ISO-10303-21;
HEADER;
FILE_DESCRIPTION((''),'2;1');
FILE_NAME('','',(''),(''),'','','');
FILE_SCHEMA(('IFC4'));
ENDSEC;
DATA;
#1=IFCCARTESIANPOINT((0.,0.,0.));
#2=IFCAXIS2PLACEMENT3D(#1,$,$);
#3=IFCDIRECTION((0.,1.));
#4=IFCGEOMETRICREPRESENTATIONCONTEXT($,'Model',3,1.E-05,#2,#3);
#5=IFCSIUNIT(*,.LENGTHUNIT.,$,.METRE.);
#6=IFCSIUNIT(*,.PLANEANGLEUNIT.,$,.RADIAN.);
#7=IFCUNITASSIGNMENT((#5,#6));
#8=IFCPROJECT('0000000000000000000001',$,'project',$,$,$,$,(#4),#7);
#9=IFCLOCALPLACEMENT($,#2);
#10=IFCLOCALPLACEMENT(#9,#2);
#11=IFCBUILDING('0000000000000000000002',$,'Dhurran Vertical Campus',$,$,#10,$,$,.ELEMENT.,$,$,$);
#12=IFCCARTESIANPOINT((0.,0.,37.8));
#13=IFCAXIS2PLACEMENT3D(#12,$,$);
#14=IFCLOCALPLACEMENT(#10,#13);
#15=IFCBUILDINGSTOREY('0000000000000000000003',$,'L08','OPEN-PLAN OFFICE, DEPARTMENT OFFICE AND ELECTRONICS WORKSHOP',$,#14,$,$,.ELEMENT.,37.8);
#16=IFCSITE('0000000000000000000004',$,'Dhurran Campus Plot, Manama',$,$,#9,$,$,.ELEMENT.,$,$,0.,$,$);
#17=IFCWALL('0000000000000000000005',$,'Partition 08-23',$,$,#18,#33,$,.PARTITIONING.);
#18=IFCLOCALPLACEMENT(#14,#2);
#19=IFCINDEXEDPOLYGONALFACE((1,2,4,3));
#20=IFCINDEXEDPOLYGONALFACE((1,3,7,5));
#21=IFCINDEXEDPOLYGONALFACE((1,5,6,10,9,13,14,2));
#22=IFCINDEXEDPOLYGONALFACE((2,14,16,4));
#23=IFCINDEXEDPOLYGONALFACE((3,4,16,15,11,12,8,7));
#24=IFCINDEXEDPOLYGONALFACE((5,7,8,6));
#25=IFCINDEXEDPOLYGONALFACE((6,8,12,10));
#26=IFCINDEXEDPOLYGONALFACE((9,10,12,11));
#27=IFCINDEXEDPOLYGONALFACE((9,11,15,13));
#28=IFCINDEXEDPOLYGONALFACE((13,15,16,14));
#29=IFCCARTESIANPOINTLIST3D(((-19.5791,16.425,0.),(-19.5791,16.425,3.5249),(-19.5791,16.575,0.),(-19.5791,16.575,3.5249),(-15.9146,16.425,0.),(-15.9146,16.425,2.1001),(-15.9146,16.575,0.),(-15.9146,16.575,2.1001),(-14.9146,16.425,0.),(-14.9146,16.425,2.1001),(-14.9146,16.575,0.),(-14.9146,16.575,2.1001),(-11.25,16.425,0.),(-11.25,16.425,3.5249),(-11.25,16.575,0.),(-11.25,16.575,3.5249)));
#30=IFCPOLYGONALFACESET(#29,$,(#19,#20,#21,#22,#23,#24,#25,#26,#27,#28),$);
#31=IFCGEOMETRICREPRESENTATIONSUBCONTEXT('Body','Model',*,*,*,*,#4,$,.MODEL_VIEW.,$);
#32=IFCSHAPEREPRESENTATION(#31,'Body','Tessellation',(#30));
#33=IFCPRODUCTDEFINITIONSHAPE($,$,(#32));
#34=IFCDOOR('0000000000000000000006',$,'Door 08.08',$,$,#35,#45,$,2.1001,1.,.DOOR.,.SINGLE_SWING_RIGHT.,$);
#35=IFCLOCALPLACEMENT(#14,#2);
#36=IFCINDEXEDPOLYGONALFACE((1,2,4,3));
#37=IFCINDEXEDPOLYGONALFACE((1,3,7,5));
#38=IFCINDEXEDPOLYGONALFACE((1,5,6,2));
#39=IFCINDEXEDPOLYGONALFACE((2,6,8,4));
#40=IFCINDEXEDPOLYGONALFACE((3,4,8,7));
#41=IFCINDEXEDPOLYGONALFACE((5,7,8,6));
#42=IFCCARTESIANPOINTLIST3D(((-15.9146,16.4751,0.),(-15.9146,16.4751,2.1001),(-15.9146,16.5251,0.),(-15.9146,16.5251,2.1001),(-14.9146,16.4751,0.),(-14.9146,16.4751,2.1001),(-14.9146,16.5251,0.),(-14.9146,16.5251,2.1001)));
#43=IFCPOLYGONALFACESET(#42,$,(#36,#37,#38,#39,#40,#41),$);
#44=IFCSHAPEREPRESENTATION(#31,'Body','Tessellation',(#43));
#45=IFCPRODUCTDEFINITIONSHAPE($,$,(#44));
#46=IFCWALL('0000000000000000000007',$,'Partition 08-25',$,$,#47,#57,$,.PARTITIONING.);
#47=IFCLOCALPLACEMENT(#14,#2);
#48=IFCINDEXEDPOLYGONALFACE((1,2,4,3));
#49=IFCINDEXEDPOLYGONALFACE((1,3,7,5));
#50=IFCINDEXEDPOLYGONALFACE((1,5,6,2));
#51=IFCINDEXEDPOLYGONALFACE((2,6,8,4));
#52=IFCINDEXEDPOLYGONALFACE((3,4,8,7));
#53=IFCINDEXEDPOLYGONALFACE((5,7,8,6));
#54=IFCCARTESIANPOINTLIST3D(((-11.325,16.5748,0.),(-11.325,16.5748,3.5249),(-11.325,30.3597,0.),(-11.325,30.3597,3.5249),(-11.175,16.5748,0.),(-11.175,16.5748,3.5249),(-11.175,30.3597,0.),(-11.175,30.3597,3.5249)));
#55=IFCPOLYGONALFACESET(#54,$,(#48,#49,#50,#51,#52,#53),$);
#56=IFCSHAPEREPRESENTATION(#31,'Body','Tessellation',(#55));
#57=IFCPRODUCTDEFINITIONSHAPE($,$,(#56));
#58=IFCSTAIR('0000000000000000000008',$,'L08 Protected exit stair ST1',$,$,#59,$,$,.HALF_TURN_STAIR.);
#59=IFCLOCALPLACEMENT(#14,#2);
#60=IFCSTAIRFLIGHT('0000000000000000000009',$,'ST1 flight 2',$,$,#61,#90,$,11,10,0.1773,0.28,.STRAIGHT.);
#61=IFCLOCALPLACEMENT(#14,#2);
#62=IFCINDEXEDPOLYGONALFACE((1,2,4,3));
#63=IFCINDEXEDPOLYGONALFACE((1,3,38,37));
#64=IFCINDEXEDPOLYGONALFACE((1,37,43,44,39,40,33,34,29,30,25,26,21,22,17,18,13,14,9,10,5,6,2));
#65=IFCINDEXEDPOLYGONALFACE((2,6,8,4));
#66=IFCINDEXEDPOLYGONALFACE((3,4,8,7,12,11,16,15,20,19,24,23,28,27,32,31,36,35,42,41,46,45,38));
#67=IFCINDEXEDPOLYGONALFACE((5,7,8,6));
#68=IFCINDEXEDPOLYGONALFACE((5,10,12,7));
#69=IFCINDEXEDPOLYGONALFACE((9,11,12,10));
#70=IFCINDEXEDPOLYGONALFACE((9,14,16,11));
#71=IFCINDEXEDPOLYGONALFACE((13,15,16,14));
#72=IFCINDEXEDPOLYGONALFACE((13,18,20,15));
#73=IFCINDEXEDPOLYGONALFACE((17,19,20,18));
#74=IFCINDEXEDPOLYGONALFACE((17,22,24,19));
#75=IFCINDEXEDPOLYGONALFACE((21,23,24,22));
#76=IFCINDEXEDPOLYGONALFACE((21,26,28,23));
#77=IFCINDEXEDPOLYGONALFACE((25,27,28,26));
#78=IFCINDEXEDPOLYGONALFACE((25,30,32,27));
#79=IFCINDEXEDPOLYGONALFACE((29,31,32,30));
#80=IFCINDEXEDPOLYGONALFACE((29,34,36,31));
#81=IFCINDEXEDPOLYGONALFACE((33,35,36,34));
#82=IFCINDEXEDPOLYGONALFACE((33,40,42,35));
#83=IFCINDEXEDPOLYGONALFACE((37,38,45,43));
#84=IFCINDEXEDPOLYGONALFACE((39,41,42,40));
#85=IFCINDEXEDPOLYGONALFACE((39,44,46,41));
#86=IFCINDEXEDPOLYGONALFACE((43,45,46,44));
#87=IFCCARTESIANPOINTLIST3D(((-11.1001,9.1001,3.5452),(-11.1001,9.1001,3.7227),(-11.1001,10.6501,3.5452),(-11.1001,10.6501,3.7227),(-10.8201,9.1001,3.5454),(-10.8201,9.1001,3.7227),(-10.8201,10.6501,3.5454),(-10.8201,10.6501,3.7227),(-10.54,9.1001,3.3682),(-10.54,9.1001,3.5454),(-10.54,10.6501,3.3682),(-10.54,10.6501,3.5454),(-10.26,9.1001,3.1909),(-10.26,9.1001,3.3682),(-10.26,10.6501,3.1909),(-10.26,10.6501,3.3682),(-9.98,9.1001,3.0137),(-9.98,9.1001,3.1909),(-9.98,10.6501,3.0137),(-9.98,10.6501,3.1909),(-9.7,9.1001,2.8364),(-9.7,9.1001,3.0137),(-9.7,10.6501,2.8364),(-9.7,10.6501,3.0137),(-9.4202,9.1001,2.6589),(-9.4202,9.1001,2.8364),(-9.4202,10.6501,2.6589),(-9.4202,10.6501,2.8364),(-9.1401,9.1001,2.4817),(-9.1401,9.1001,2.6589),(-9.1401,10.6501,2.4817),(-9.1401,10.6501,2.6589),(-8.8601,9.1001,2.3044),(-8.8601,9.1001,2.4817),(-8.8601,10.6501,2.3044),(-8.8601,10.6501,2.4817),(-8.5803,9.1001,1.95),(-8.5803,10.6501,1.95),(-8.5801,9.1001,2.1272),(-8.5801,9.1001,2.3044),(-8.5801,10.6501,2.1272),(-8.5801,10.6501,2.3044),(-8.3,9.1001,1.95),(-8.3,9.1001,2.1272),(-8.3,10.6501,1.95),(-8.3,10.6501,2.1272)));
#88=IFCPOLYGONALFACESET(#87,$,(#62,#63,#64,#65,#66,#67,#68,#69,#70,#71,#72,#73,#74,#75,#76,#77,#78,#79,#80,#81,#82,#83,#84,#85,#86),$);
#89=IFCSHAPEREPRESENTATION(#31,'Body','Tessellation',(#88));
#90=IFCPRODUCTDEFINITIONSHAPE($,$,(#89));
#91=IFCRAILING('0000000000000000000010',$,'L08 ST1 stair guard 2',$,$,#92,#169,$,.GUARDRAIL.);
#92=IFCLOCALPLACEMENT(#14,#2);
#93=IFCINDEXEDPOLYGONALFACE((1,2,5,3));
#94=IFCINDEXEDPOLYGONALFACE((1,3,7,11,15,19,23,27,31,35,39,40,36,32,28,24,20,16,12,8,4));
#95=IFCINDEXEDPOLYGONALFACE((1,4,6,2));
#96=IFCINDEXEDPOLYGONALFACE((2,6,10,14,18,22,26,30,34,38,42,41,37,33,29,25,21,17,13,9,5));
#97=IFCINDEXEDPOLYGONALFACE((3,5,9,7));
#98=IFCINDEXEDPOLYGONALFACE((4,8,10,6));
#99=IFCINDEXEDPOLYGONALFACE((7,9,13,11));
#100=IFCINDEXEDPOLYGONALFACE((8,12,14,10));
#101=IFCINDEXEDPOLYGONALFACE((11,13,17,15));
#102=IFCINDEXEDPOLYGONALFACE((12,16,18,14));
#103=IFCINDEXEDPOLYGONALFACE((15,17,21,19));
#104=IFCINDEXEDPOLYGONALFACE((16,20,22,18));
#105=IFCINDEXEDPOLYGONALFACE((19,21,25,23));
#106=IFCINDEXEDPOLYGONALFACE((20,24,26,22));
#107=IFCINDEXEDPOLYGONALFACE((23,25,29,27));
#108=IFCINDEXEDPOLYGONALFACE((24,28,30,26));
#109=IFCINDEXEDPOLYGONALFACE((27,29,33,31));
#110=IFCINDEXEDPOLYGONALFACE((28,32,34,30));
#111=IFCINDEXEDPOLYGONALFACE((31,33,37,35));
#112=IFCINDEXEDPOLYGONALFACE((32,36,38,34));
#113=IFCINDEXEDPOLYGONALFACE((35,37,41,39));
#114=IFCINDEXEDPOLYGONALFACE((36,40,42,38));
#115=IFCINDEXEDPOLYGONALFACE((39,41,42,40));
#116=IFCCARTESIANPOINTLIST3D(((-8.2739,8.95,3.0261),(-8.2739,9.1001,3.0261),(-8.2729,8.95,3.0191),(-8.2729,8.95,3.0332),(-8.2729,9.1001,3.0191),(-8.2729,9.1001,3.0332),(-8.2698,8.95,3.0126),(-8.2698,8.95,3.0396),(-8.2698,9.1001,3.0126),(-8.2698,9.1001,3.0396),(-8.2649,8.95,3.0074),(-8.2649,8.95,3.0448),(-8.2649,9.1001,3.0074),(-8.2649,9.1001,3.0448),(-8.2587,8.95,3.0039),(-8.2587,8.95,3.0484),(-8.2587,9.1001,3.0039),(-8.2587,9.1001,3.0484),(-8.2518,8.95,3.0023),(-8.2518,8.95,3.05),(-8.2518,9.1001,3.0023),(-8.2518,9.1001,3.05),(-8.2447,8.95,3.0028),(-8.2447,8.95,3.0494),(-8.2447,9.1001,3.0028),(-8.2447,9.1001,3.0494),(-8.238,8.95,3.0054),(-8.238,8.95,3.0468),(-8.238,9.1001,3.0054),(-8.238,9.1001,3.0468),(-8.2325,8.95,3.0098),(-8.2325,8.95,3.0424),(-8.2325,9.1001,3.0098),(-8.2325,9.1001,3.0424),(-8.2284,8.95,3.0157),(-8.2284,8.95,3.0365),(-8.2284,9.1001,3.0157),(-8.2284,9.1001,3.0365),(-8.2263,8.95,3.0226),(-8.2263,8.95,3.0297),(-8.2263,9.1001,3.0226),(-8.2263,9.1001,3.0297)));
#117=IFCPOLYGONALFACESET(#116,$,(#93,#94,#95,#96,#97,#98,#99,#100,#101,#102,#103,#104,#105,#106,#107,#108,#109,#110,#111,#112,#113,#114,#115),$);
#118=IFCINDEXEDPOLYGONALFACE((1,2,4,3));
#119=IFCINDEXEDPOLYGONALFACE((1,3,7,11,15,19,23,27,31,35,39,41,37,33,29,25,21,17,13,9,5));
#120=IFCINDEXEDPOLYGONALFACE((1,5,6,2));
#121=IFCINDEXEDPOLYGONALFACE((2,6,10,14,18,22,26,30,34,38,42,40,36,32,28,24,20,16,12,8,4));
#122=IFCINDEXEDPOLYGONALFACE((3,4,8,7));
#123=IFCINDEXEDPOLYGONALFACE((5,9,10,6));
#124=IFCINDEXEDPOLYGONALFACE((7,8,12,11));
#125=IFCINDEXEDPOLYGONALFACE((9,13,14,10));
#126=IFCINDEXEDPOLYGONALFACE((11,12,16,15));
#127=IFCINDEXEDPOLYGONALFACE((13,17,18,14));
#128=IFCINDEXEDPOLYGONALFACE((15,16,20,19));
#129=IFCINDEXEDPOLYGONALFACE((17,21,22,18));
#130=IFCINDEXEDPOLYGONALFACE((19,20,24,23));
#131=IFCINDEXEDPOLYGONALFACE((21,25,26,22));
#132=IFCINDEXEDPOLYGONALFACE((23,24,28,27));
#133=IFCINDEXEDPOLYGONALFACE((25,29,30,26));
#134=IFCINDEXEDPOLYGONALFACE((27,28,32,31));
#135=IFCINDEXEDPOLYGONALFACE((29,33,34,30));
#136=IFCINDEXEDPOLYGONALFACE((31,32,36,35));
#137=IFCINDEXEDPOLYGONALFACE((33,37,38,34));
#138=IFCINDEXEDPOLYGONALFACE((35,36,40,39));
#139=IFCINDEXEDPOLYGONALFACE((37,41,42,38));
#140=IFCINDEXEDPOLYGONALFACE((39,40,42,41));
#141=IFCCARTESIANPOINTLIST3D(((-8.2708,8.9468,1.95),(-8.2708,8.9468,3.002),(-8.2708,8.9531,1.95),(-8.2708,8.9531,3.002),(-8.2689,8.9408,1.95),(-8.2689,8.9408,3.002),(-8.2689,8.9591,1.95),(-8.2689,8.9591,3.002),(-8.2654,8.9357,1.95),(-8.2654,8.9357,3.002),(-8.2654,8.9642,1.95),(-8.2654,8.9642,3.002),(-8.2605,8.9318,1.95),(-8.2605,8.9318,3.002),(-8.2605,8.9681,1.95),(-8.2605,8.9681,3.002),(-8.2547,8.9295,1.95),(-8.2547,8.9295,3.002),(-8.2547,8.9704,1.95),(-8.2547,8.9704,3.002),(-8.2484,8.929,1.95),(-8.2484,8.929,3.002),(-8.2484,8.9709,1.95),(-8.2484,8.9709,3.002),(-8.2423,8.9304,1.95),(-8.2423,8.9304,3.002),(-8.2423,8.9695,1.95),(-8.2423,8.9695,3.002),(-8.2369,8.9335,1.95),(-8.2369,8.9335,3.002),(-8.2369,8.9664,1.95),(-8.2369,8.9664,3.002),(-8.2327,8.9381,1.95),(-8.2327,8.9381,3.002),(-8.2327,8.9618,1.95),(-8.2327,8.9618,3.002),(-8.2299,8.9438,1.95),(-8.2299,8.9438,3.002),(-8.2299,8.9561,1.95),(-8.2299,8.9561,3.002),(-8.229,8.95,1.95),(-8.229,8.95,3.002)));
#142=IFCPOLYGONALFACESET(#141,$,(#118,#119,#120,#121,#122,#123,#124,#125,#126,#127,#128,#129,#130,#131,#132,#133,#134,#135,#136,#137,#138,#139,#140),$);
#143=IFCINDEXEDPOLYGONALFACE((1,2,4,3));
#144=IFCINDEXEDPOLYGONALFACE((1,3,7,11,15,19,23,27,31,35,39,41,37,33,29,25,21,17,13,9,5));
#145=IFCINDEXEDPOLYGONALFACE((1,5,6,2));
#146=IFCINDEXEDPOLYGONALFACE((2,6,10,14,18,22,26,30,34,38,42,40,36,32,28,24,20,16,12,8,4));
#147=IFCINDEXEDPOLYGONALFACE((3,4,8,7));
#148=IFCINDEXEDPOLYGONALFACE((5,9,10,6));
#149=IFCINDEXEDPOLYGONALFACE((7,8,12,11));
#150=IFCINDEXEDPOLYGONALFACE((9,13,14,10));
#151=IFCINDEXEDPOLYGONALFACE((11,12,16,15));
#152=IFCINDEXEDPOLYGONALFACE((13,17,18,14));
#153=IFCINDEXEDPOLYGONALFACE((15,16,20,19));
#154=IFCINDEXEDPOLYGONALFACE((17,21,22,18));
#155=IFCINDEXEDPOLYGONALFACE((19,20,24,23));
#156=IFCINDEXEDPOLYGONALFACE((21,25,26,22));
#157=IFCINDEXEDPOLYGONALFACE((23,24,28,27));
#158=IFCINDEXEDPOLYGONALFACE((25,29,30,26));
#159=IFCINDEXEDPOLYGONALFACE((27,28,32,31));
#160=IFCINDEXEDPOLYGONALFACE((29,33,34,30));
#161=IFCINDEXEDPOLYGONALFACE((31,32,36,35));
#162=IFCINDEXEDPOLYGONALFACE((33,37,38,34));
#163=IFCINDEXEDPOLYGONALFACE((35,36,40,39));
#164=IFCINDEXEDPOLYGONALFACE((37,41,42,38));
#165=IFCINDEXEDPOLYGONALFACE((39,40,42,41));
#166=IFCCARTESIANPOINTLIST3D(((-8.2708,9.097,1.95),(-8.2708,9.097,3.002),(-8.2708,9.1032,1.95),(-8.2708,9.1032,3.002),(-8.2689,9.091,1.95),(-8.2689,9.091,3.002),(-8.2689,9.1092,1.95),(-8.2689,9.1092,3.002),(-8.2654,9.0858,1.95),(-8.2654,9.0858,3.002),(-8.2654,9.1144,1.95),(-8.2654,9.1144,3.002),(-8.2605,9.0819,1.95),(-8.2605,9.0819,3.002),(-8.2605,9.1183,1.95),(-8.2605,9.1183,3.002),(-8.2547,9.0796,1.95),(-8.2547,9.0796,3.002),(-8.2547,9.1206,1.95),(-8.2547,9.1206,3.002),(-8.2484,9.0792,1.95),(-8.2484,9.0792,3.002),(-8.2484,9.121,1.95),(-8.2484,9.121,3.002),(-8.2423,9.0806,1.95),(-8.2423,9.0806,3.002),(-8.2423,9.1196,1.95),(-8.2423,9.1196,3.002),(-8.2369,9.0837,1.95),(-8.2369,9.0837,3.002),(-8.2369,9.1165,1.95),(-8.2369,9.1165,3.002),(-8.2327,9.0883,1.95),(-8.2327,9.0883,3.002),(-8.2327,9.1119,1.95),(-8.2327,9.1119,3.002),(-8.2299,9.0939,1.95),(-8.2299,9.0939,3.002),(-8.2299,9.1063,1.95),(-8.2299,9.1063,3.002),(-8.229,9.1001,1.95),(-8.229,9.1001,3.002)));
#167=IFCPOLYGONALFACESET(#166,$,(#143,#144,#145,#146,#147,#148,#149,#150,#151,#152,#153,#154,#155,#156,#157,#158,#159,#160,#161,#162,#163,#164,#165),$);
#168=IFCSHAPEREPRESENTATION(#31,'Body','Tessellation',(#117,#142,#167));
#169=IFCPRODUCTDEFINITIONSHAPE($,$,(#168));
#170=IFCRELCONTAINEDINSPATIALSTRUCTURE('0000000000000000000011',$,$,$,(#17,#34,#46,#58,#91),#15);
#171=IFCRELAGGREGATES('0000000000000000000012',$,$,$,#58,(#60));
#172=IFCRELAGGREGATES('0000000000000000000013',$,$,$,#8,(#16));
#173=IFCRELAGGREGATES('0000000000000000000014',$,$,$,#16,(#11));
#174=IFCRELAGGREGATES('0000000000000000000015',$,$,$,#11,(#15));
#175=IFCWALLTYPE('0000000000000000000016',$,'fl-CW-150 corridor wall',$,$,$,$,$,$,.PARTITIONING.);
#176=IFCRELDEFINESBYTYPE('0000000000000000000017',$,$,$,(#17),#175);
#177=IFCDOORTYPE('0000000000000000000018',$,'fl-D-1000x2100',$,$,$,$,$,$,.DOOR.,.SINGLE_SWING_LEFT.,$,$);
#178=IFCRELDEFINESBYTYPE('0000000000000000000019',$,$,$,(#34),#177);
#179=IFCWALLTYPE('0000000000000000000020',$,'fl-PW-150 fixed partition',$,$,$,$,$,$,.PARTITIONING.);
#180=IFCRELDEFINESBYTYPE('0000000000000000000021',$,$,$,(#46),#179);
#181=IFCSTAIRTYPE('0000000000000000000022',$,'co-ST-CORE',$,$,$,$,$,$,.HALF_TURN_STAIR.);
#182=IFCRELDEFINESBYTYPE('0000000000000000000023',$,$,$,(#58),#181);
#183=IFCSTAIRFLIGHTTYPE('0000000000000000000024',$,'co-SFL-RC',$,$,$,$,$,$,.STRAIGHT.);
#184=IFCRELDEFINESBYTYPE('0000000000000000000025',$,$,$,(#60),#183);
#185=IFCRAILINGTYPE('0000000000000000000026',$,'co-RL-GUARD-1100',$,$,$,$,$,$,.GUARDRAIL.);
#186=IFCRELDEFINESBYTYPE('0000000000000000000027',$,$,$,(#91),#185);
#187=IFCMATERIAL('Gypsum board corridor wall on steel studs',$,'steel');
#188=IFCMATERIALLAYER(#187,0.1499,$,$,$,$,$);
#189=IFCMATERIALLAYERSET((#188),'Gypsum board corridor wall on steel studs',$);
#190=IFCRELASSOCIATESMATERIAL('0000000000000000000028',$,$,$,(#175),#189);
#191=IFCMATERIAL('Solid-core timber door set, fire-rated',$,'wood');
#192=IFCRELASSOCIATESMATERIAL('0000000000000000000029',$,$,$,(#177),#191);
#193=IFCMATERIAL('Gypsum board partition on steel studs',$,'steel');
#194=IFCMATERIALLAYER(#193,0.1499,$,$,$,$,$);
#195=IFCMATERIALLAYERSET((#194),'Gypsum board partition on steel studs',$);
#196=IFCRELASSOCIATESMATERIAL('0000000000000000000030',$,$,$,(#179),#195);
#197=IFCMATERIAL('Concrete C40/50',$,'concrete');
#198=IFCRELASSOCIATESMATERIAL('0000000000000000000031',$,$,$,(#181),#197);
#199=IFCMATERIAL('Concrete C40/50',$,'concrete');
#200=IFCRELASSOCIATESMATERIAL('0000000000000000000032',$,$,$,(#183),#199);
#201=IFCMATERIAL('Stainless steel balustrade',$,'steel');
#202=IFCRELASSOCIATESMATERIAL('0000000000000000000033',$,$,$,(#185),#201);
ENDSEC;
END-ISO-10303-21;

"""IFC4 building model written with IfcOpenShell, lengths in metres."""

from ifc_helpers import new_model, si_unit, direction, frame, frame_2d, origin, origin_2d, place, context, subcontext, project, spatial, polyline, rectangle, circle, outline, extrude, material, layer, layer_set, type_object, element, fill, aggregate, save


model = new_model("IFC4")

# Units and contexts
model_context = context("Model", 3, precision=1e-05, world=origin(), true_north=direction((0.0, 1.0)))
body_context = subcontext(model_context, "Body", "Model", "MODEL_VIEW")
ifc_project = project(units=[si_unit("LENGTHUNIT", "METRE"), si_unit("PLANEANGLEUNIT", "RADIAN")], contexts=[model_context])

# Site, building, storey
site_placement = place(None, origin())
site = spatial("IfcSite", under=ifc_project, at=site_placement, Name="Dhurran Campus Plot, Manama", CompositionType="ELEMENT", RefElevation=0.0)
building_placement = place(site_placement, origin())
building = spatial("IfcBuilding", under=site, at=building_placement, Name="Dhurran Vertical Campus", CompositionType="ELEMENT")
storey_placement = place(building_placement, frame((0.0, 0.0, 37.8)))
storey = spatial("IfcBuildingStorey", under=building, at=storey_placement, Name="L08", Description="OPEN-PLAN OFFICE, DEPARTMENT OFFICE AND ELECTRONICS WORKSHOP", CompositionType="ELEMENT", Elevation=37.8)

# Wall, opening, door
ifc_material_1 = material(Name="Gypsum board corridor wall on steel studs", Category="steel")
ifc_layer_1 = layer(ifc_material_1, 0.1499)
ifc_layer_set_1 = layer_set([ifc_layer_1], Name="Gypsum board corridor wall on steel studs")
wall_type_1 = type_object("IfcWallType", Name="fl-CW-150 corridor wall", PredefinedType="PARTITIONING", material=ifc_layer_set_1)
wall_1_placement = place(storey_placement, frame((-11.25, 16.5, 0.0), z_axis=(0.0, 0.0, 1.0), x_axis=(-1.0, 0.0, 0.0)))
wall_1 = element("IfcWall", 1, at=wall_1_placement, inside=storey, type_object=wall_type_1, Name="Partition 08-23", PredefinedType="PARTITIONING", context=body_context, shape_type="SweptSolid", body=[
    extrude(rectangle(XDim=8.3291, YDim=0.1499, at=frame_2d((4.1646, 0.0))), origin(), (0.0, 0.0, 1.0), 3.5249),
])
opening_1_placement = place(wall_1_placement, frame((3.6646, 0.0, 0.0)))
opening_1 = element("IfcOpeningElement", 2, at=opening_1_placement, cuts=wall_1, PredefinedType="OPENING", context=body_context, shape_type="SweptSolid", body=[
    extrude(rectangle(XDim=1.0, YDim=2.1001, at=frame_2d((0.5, 1.05))), frame((0.0, 0.085, 0.0), z_axis=(0.0, -1.0, 0.0), x_axis=(1.0, 0.0, 0.0)), (0.0, 0.0, 1.0), 0.1699),
])
ifc_material_2 = material(Name="Solid-core timber door set, fire-rated", Category="wood")
door_type_1 = type_object("IfcDoorType", Name="fl-D-1000x2100", OperationType="SINGLE_SWING_LEFT", PredefinedType="DOOR", material=ifc_material_2)
door_1_placement = place(opening_1_placement, origin())
door_1 = element("IfcDoor", 3, at=door_1_placement, inside=storey, type_object=door_type_1, Name="Door 08.08", OperationType="SINGLE_SWING_RIGHT", OverallHeight=2.1001, OverallWidth=1.0, PredefinedType="DOOR", context=body_context, shape_type="SweptSolid", body=[
    extrude(rectangle(XDim=1.0, YDim=2.1001, at=frame_2d((0.5, 1.05))), frame((0.0, 0.0249, 0.0), z_axis=(0.0, -1.0, 0.0), x_axis=(1.0, 0.0, 0.0)), (0.0, 0.0, 1.0), 0.05),
])
fill(opening_1, door_1)

# Wall
ifc_material_3 = material(Name="Gypsum board partition on steel studs", Category="steel")
ifc_layer_2 = layer(ifc_material_3, 0.1499)
ifc_layer_set_2 = layer_set([ifc_layer_2], Name="Gypsum board partition on steel studs")
wall_type_2 = type_object("IfcWallType", Name="fl-PW-150 fixed partition", PredefinedType="PARTITIONING", material=ifc_layer_set_2)
wall_2_placement = place(storey_placement, frame((-11.25, 30.3599, 0.0), z_axis=(0.0, 0.0, 1.0), x_axis=(0.0, -1.0, 0.0)))
element("IfcWall", 4, at=wall_2_placement, inside=storey, type_object=wall_type_2, Name="Partition 08-25", PredefinedType="PARTITIONING", context=body_context, shape_type="SweptSolid", body=[
    extrude(rectangle(XDim=13.7849, YDim=0.1499, at=frame_2d((6.8926, 0.0))), origin(), (0.0, 0.0, 1.0), 3.5249),
])

# Stair, stair flight
ifc_material_4 = material(Name="Concrete C40/50", Category="concrete")
stair_type = type_object("IfcStairType", Name="co-ST-CORE", PredefinedType="HALF_TURN_STAIR", material=ifc_material_4)
stair_placement = place(storey_placement, origin())
stair = element("IfcStair", 5, at=stair_placement, inside=storey, type_object=stair_type, Name="L08 Protected exit stair ST1", PredefinedType="HALF_TURN_STAIR")
ifc_material_5 = material(Name="Concrete C40/50", Category="concrete")
stair_flight_type = type_object("IfcStairFlightType", Name="co-SFL-RC", PredefinedType="STRAIGHT", material=ifc_material_5)
stair_flight_placement = place(storey_placement, frame((-8.3, 9.875, 1.95), z_axis=(0.0, 0.0, 1.0), x_axis=(-1.0, 0.0, 0.0)))
stair_flight = element("IfcStairFlight", 6, at=stair_flight_placement, type_object=stair_flight_type, Name="ST1 flight 2", NumberOfRisers=11, NumberOfTreads=10, PredefinedType="STRAIGHT", RiserHeight=0.1773, TreadLength=0.28, context=body_context, shape_type="SweptSolid", body=[
    extrude(outline(polyline([(0.0, 0.0), (0.0, 0.1772), (0.28, 0.1772), (0.28, 0.3545), (0.5601, 0.3545), (0.5601, 0.5317), (0.8401, 0.5317), (0.8401, 0.709), (1.1201, 0.709), (1.1201, 0.8865), (1.3999, 0.8865), (1.3999, 1.0637), (1.6799, 1.0637), (1.6799, 1.241), (1.96, 1.241), (1.96, 1.4182), (2.24, 1.4182), (2.24, 1.5955), (2.52, 1.5955), (2.52, 1.7727), (2.8, 1.7727), (2.8, 1.95), (2.8, 1.5952), (0.2803, 0.0), (0.0, 0.0)])), frame((0.0, 0.7749, 0.0), z_axis=(0.0, -1.0, 0.0), x_axis=(1.0, 0.0, 0.0)), (0.0, 0.0, 1.0), 1.55),
])
aggregate(stair, [stair_flight])

# Railing
ifc_material_6 = material(Name="Stainless steel balustrade", Category="steel")
railing_type_1 = type_object("IfcRailingType", Name="co-RL-GUARD-1100", PredefinedType="GUARDRAIL", material=ifc_material_6)
railing_1_placement = place(storey_placement, frame((-8.25, 8.95, 1.95)))
element("IfcRailing", 7, at=railing_1_placement, inside=storey, type_object=railing_type_1, Name="L08 ST1 stair guard 2", PredefinedType="GUARDRAIL", context=body_context, shape_type="SweptSolid", body=[
    extrude(circle(Radius=0.0239, at=origin_2d()), frame((0.0, 0.0, 1.0762), z_axis=(0.0, 1.0, 0.0), x_axis=(-1.0, 0.0, 0.0)), (0.0, 0.0, 1.0), 0.1501),
    extrude(circle(Radius=0.021, at=origin_2d()), origin(), (0.0, 0.0, 1.0), 1.052),
    extrude(circle(Radius=0.021, at=origin_2d()), frame((0.0, 0.1501, 0.0)), (0.0, 0.0, 1.0), 1.052),
])

save(model, "model.ifc")
